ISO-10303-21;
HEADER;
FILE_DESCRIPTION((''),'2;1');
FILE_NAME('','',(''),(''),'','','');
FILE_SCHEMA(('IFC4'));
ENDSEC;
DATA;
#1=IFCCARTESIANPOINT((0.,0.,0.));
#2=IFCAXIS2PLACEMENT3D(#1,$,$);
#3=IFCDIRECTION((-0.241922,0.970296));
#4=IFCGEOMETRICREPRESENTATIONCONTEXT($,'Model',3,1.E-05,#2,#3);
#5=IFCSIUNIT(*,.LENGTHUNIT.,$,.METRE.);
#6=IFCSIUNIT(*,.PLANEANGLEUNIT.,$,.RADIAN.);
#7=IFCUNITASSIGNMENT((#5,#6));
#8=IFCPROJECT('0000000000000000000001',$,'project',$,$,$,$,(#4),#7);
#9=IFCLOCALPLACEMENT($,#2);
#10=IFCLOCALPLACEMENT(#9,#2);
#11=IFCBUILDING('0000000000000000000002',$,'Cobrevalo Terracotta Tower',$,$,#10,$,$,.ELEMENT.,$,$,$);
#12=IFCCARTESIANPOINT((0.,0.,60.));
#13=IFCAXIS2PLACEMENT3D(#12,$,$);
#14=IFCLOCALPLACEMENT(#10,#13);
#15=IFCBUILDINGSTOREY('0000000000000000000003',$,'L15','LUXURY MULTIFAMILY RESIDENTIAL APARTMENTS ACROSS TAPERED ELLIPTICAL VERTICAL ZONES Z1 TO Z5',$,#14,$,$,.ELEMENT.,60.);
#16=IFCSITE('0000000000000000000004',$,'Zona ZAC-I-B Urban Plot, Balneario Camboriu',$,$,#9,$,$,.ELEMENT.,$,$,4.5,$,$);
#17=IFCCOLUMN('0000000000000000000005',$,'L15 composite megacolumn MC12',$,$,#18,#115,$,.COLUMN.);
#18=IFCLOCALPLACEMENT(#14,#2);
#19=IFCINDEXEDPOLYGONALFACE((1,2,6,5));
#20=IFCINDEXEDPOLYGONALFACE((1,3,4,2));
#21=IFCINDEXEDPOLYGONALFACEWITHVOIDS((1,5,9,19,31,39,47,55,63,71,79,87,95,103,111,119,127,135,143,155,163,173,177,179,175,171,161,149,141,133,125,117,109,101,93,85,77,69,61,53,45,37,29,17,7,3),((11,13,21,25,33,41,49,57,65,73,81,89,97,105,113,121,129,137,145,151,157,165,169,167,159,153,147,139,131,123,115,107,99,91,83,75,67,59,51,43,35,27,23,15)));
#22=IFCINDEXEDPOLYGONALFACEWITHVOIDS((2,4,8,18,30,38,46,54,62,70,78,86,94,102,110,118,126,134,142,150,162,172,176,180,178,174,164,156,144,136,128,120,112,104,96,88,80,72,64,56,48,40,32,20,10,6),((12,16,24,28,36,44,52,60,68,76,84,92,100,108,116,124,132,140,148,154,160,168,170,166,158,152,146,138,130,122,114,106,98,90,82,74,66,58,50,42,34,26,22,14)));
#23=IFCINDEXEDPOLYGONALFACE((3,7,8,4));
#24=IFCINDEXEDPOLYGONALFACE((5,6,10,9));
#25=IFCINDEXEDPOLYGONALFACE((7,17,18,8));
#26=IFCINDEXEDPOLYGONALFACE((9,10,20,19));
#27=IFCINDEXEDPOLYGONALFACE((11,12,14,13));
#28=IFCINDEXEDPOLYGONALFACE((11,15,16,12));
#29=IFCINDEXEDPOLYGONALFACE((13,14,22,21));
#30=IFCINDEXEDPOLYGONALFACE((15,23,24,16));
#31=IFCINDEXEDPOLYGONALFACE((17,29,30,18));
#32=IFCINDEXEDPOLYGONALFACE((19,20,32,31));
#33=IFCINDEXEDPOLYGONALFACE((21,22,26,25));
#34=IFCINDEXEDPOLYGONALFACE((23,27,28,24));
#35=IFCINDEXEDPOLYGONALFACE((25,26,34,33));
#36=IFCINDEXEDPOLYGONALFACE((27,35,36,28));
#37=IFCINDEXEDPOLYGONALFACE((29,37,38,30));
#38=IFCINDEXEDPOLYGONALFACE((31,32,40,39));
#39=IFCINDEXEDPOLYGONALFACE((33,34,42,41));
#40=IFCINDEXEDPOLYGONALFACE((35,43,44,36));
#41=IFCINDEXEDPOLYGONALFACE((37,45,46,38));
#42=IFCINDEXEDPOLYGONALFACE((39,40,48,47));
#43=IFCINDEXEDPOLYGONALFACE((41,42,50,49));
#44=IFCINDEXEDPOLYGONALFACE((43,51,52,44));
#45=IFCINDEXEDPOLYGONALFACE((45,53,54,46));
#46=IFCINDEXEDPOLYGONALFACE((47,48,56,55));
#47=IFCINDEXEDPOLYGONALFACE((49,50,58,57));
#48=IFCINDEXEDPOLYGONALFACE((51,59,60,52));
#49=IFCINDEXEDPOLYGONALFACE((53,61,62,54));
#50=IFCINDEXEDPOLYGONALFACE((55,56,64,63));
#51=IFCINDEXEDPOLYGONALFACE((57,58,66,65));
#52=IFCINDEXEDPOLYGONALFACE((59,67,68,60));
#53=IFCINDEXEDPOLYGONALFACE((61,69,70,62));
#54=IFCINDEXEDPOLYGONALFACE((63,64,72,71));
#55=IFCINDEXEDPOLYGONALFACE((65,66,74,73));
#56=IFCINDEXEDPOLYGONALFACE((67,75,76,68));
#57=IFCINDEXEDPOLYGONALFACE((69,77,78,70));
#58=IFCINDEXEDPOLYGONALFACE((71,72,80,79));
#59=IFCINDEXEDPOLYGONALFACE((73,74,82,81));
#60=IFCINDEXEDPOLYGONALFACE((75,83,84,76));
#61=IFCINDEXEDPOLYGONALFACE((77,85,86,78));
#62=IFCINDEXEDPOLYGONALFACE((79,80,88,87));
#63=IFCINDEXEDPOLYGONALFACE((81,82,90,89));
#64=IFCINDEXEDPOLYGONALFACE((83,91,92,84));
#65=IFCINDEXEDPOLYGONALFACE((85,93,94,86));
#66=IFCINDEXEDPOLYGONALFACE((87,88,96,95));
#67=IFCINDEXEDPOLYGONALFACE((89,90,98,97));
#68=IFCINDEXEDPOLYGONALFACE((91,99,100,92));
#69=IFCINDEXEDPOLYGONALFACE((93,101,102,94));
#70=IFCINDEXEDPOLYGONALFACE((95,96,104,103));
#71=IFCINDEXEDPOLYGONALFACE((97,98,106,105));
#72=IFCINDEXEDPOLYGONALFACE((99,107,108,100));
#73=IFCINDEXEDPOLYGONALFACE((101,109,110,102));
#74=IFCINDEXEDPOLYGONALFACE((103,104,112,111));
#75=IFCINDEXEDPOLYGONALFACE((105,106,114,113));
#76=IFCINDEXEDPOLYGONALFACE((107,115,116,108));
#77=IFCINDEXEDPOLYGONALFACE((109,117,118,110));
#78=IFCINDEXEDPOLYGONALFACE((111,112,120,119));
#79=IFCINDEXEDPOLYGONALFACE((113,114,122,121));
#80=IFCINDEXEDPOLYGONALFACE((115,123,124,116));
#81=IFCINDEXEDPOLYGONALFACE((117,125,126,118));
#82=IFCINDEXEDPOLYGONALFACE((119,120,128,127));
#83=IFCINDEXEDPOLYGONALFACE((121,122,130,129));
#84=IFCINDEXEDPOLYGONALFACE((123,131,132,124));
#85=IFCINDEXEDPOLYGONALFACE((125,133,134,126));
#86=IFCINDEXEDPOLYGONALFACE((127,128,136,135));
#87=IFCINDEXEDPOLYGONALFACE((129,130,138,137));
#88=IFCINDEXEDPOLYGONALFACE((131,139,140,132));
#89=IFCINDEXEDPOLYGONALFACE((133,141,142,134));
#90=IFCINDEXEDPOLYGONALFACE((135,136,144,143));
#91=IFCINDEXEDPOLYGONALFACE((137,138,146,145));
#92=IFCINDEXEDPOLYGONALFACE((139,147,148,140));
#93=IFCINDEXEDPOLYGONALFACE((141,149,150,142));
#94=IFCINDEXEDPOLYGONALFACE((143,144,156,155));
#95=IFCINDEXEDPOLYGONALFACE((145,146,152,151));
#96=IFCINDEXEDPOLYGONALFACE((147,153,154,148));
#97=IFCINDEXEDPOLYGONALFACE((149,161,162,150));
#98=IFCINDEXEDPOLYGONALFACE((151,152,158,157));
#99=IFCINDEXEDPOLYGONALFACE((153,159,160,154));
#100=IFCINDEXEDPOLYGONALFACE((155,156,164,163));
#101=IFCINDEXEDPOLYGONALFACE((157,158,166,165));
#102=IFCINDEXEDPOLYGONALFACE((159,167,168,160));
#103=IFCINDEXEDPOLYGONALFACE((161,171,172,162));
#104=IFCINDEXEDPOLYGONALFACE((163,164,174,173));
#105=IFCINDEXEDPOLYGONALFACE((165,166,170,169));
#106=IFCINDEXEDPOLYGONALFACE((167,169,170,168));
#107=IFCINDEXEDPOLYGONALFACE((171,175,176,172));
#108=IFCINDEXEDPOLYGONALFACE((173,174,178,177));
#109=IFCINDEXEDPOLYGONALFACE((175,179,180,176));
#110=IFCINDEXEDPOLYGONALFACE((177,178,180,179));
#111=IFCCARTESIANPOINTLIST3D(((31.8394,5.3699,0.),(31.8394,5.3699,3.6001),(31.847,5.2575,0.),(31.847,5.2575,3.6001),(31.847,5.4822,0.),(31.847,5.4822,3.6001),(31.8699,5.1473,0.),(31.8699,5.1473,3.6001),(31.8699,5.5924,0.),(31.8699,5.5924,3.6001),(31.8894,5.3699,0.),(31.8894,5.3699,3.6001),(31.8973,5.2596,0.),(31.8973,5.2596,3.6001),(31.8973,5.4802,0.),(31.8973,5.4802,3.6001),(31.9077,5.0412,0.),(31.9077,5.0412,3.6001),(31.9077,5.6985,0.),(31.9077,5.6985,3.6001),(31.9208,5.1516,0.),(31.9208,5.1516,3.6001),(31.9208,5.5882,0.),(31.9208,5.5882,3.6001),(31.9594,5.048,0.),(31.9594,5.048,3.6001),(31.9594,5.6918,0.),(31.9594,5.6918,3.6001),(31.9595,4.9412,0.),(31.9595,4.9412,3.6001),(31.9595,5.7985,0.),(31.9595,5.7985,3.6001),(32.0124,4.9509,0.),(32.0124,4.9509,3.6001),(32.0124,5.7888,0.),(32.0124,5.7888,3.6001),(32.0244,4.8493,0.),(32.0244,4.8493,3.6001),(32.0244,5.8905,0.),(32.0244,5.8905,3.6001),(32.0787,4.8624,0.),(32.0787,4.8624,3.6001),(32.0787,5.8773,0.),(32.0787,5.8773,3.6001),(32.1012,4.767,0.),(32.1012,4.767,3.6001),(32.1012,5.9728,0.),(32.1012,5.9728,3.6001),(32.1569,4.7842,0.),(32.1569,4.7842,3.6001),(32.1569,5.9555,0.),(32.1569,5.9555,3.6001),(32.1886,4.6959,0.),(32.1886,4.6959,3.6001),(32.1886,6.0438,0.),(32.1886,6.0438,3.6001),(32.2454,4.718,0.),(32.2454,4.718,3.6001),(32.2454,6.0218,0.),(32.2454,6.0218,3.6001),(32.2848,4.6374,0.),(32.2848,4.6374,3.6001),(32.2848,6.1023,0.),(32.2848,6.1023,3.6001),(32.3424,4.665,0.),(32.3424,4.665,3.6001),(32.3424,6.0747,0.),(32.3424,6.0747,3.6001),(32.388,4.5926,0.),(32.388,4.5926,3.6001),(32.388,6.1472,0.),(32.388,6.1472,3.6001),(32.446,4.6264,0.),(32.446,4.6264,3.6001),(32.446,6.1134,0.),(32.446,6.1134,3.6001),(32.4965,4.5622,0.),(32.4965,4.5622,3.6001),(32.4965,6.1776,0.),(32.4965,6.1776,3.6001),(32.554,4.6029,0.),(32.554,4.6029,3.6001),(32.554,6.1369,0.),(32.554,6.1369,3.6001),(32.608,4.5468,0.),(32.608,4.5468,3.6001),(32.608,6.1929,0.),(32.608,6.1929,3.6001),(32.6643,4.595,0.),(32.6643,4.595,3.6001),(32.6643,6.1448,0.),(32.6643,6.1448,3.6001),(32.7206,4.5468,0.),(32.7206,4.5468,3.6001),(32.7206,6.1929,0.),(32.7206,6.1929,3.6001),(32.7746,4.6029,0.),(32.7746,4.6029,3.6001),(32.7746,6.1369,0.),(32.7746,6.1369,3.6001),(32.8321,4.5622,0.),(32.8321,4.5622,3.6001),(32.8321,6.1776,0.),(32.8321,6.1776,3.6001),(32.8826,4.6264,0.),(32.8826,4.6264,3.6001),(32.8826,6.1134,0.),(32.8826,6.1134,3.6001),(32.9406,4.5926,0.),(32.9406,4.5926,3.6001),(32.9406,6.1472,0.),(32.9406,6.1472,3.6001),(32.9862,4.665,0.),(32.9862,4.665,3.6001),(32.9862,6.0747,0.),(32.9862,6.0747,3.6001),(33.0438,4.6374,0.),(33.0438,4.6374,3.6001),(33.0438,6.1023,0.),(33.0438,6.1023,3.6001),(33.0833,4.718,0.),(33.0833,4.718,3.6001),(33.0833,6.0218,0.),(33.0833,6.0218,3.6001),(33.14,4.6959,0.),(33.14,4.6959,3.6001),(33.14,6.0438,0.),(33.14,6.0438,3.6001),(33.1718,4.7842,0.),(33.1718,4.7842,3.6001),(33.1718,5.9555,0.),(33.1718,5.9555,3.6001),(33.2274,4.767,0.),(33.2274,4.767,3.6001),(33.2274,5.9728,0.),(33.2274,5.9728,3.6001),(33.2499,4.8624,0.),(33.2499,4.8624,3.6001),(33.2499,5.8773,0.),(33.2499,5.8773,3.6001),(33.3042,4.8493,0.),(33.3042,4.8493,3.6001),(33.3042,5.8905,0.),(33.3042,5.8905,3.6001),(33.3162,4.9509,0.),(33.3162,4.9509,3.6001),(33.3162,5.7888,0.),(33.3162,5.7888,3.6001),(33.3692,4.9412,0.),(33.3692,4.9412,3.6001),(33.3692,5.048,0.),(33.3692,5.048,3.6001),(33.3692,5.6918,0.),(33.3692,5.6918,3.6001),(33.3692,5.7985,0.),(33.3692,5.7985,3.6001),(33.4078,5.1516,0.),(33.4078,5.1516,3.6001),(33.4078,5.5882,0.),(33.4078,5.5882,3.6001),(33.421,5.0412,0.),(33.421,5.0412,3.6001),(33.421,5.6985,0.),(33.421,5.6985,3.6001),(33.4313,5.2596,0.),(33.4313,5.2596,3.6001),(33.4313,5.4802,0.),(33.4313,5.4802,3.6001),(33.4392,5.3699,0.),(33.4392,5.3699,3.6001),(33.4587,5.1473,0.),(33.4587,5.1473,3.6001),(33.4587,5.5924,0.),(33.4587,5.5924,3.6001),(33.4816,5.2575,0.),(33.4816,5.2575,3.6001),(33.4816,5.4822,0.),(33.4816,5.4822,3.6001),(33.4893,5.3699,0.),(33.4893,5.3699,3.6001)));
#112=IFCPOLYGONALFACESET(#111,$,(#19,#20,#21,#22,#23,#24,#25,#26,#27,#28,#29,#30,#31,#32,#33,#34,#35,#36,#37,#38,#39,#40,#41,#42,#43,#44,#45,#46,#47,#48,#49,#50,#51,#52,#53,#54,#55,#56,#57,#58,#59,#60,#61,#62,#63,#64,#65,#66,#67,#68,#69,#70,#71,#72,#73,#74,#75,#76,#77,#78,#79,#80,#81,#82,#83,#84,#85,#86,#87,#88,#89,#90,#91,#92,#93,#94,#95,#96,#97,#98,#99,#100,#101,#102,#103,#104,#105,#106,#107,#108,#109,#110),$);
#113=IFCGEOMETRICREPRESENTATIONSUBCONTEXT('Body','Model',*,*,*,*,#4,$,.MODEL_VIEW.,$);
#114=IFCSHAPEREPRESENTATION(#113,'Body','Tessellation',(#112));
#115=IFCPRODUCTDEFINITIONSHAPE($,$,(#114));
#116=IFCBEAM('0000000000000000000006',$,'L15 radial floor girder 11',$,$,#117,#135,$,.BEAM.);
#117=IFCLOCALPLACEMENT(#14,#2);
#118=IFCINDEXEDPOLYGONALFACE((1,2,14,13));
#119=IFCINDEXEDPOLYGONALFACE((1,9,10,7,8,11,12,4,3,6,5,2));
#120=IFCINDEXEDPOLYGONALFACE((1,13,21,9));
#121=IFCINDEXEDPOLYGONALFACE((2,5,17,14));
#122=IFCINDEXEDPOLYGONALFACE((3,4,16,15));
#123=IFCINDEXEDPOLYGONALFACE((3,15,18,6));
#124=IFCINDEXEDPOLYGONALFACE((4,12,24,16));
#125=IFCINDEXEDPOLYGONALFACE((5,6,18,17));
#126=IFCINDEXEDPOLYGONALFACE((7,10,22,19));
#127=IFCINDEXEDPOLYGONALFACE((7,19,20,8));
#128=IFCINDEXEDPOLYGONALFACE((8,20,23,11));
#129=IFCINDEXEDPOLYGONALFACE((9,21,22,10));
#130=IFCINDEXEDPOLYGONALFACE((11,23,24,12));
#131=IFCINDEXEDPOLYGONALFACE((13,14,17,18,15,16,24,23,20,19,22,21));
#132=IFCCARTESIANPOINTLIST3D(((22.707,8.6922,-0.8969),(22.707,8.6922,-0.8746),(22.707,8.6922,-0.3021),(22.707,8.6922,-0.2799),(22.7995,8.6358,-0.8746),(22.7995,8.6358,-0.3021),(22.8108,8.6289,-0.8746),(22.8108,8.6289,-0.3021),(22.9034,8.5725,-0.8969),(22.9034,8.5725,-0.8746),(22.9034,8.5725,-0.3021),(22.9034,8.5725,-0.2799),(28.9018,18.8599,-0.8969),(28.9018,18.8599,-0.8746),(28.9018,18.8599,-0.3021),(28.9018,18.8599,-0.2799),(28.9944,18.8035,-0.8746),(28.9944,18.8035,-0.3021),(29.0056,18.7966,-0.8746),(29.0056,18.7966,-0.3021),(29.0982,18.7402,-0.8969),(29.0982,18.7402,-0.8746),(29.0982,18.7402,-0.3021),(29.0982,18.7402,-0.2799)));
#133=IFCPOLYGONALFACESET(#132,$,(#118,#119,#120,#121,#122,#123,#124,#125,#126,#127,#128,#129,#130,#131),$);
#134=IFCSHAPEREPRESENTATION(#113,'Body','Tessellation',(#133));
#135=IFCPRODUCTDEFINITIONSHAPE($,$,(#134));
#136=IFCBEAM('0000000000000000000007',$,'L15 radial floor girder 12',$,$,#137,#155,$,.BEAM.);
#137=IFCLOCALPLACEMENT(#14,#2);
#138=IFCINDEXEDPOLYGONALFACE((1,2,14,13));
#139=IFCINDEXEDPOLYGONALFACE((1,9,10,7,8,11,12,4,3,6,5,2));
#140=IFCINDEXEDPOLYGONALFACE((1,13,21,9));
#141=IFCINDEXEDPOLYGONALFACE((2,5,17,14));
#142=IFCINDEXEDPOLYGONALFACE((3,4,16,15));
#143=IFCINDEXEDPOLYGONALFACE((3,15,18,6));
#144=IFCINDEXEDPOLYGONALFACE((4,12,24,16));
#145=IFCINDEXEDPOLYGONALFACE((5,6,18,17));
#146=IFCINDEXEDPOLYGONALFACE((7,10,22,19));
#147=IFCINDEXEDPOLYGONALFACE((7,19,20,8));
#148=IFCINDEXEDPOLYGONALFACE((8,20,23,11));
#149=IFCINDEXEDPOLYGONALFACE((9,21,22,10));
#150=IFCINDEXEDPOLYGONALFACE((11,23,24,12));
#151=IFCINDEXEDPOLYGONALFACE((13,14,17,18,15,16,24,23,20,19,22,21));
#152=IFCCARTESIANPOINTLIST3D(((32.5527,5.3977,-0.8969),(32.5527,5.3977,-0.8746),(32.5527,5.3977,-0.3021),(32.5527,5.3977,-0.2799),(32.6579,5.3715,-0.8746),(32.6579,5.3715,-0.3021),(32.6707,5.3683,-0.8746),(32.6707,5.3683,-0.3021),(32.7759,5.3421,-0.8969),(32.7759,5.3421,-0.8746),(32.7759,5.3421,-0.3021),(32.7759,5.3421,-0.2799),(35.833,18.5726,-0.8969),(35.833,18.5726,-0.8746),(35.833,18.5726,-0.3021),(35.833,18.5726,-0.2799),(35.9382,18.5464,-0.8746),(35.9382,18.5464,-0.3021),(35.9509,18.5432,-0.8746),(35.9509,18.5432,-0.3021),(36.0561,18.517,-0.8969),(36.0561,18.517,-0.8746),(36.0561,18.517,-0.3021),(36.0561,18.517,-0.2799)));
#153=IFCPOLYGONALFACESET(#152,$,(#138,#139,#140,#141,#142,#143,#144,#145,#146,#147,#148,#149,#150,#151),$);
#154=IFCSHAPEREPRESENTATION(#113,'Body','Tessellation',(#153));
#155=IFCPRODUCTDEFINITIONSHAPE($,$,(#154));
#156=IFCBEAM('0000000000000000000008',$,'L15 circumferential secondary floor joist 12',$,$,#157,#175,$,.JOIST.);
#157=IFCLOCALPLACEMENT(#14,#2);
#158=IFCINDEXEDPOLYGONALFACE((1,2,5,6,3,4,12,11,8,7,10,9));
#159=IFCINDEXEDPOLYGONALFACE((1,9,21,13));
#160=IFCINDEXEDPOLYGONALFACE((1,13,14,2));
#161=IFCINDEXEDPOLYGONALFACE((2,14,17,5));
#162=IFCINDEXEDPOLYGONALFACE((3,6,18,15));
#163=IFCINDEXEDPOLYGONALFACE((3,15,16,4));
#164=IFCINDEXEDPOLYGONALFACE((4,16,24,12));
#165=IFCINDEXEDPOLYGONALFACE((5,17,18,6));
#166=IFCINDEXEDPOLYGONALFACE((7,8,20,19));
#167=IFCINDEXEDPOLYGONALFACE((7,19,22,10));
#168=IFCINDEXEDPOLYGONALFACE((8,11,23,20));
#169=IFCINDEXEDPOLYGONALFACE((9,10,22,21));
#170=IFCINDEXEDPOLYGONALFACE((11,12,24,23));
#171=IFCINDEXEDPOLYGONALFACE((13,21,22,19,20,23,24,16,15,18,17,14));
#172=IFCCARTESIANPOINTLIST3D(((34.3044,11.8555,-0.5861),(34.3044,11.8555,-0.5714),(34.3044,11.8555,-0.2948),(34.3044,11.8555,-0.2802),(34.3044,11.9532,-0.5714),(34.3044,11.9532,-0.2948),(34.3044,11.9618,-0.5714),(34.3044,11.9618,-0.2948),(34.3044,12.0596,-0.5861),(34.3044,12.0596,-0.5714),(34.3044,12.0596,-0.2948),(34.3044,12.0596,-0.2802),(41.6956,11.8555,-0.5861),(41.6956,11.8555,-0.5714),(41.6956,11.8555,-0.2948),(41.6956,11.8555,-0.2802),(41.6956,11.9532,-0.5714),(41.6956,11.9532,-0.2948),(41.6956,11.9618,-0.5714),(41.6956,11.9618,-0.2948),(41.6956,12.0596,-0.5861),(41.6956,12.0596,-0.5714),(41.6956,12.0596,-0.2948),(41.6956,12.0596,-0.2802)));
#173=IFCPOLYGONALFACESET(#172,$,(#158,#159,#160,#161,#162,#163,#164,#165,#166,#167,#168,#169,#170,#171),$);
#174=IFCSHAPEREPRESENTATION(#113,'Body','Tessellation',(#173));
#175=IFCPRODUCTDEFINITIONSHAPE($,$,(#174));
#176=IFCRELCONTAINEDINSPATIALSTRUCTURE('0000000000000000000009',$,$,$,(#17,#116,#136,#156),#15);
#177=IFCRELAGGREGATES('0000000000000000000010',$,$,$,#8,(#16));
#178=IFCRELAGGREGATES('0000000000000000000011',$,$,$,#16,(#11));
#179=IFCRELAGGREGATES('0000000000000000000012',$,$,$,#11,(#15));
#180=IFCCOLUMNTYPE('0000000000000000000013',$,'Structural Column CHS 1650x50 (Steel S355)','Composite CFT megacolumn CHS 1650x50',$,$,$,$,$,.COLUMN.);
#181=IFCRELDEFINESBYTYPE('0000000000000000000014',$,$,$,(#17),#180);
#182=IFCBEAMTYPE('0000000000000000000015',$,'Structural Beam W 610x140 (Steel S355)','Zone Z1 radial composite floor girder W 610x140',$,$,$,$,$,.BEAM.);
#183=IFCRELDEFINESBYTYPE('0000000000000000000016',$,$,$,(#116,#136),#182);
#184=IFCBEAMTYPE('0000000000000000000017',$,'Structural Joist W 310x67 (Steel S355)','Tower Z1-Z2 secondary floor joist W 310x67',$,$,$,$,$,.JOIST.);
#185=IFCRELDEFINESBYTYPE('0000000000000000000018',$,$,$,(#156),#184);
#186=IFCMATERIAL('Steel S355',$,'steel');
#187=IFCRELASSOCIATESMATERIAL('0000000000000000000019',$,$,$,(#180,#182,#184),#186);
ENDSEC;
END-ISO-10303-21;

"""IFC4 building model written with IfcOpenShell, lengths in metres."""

from ifc_helpers import new_model, si_unit, direction, frame, origin, origin_2d, place, context, subcontext, project, spatial, hollow_circle, i_section, extrude, material, material_profile, profile_set, type_object, element, save


model = new_model("IFC4")

# Units and contexts
model_context = context("Model", 3, precision=1e-05, world=origin(), true_north=direction((-0.241922, 0.970296)))
body_context = subcontext(model_context, "Body", "Model", "MODEL_VIEW")
ifc_project = project(units=[si_unit("LENGTHUNIT", "METRE"), si_unit("PLANEANGLEUNIT", "RADIAN")], contexts=[model_context])

# Site, building, storey
site_placement = place(None, origin())
site = spatial("IfcSite", under=ifc_project, at=site_placement, Name="Zona ZAC-I-B Urban Plot, Balneario Camboriu", CompositionType="ELEMENT", RefElevation=4.5)
building_placement = place(site_placement, origin())
building = spatial("IfcBuilding", under=site, at=building_placement, Name="Cobrevalo Terracotta Tower", CompositionType="ELEMENT")
storey_placement = place(building_placement, frame((0.0, 0.0, 60.0)))
storey = spatial("IfcBuildingStorey", under=building, at=storey_placement, Name="L15", Description="LUXURY MULTIFAMILY RESIDENTIAL APARTMENTS ACROSS TAPERED ELLIPTICAL VERTICAL ZONES Z1 TO Z5", CompositionType="ELEMENT", Elevation=60.0)

# Column
ifc_material_1 = material(Name="Steel S355", Category="steel")
ifc_material_profile_1 = material_profile(ifc_material_1, hollow_circle(Radius=0.825, WallThickness=0.05, at=origin_2d()), Name="CHS 1650x50")
ifc_profile_set_1 = profile_set([ifc_material_profile_1], Name="Steel S355")
column_type = type_object("IfcColumnType", Name="Structural Column CHS 1650x50 (Steel S355)", Description="Composite CFT megacolumn CHS 1650x50", PredefinedType="COLUMN", material=ifc_profile_set_1)
for number, where, z_axis, x_axis, name in (
    (1, (32.6643, 5.3699, 0.0), (0.0, 0.0, 1.0), (1.0, 0.0, 0.0), "L15 composite megacolumn MC12"),
):
    element("IfcColumn", number, at=place(storey_placement, frame(where, z_axis=z_axis, x_axis=x_axis)), inside=storey, type_object=column_type, Name=name, PredefinedType="COLUMN", context=body_context, shape_type="SweptSolid", body=[
        extrude(hollow_circle(Radius=0.825, WallThickness=0.05, at=origin_2d()), origin(), (0.0, 0.0, 1.0), 3.6001),
    ])

# Beams
ifc_material_profile_2 = material_profile(ifc_material_1, i_section(OverallWidth=0.23, OverallDepth=0.6169, WebThickness=0.0132, FlangeThickness=0.0222, at=origin_2d()), Name="W 610x140")
ifc_profile_set_2 = profile_set([ifc_material_profile_2], Name="Steel S355")
beam_type_1 = type_object("IfcBeamType", Name="Structural Beam W 610x140 (Steel S355)", Description="Zone Z1 radial composite floor girder W 610x140", PredefinedType="BEAM", material=ifc_profile_set_2)
beam_1_placement = place(storey_placement, frame((22.8052, 8.6323, -0.5884), z_axis=(0.520301, 0.853983, 0.0), x_axis=(-0.853983, 0.520301, 0.0)))
element("IfcBeam", 2, at=beam_1_placement, inside=storey, type_object=beam_type_1, Name="L15 radial floor girder 11", PredefinedType="BEAM", context=body_context, shape_type="SweptSolid", body=[
    extrude(i_section(OverallWidth=0.23, OverallDepth=0.6169, WebThickness=0.0132, FlangeThickness=0.0222, at=origin_2d()), origin(), (0.0, 0.0, 1.0), 11.9062),
])
beam_2_placement = place(storey_placement, frame((32.6643, 5.3699, -0.5884), z_axis=(0.2416, 0.970376, 0.0), x_axis=(-0.970376, 0.2416, 0.0)))
element("IfcBeam", 3, at=beam_2_placement, inside=storey, type_object=beam_type_1, Name="L15 radial floor girder 12", PredefinedType="BEAM", context=body_context, shape_type="SweptSolid", body=[
    extrude(i_section(OverallWidth=0.23, OverallDepth=0.6169, WebThickness=0.0132, FlangeThickness=0.0222, at=origin_2d()), origin(), (0.0, 0.0, 1.0), 13.5771),
])
ifc_material_profile_3 = material_profile(ifc_material_1, i_section(OverallWidth=0.2041, OverallDepth=0.3059, WebThickness=0.0085, FlangeThickness=0.0146, at=origin_2d()), Name="W 310x67")
ifc_profile_set_3 = profile_set([ifc_material_profile_3], Name="Steel S355")
beam_type_2 = type_object("IfcBeamType", Name="Structural Joist W 310x67 (Steel S355)", Description="Tower Z1-Z2 secondary floor joist W 310x67", PredefinedType="JOIST", material=ifc_profile_set_3)
beam_3_placement = place(storey_placement, frame((34.3044, 11.9575, -0.4331), z_axis=(1.0, 0.0, 0.0), x_axis=(0.0, 1.0, 0.0)))
element("IfcBeam", 4, at=beam_3_placement, inside=storey, type_object=beam_type_2, Name="L15 circumferential secondary floor joist 12", PredefinedType="JOIST", context=body_context, shape_type="SweptSolid", body=[
    extrude(i_section(OverallWidth=0.2041, OverallDepth=0.3059, WebThickness=0.0085, FlangeThickness=0.0146, at=origin_2d()), origin(), (0.0, 0.0, 1.0), 7.3911),
])

save(model, "model.ifc")
